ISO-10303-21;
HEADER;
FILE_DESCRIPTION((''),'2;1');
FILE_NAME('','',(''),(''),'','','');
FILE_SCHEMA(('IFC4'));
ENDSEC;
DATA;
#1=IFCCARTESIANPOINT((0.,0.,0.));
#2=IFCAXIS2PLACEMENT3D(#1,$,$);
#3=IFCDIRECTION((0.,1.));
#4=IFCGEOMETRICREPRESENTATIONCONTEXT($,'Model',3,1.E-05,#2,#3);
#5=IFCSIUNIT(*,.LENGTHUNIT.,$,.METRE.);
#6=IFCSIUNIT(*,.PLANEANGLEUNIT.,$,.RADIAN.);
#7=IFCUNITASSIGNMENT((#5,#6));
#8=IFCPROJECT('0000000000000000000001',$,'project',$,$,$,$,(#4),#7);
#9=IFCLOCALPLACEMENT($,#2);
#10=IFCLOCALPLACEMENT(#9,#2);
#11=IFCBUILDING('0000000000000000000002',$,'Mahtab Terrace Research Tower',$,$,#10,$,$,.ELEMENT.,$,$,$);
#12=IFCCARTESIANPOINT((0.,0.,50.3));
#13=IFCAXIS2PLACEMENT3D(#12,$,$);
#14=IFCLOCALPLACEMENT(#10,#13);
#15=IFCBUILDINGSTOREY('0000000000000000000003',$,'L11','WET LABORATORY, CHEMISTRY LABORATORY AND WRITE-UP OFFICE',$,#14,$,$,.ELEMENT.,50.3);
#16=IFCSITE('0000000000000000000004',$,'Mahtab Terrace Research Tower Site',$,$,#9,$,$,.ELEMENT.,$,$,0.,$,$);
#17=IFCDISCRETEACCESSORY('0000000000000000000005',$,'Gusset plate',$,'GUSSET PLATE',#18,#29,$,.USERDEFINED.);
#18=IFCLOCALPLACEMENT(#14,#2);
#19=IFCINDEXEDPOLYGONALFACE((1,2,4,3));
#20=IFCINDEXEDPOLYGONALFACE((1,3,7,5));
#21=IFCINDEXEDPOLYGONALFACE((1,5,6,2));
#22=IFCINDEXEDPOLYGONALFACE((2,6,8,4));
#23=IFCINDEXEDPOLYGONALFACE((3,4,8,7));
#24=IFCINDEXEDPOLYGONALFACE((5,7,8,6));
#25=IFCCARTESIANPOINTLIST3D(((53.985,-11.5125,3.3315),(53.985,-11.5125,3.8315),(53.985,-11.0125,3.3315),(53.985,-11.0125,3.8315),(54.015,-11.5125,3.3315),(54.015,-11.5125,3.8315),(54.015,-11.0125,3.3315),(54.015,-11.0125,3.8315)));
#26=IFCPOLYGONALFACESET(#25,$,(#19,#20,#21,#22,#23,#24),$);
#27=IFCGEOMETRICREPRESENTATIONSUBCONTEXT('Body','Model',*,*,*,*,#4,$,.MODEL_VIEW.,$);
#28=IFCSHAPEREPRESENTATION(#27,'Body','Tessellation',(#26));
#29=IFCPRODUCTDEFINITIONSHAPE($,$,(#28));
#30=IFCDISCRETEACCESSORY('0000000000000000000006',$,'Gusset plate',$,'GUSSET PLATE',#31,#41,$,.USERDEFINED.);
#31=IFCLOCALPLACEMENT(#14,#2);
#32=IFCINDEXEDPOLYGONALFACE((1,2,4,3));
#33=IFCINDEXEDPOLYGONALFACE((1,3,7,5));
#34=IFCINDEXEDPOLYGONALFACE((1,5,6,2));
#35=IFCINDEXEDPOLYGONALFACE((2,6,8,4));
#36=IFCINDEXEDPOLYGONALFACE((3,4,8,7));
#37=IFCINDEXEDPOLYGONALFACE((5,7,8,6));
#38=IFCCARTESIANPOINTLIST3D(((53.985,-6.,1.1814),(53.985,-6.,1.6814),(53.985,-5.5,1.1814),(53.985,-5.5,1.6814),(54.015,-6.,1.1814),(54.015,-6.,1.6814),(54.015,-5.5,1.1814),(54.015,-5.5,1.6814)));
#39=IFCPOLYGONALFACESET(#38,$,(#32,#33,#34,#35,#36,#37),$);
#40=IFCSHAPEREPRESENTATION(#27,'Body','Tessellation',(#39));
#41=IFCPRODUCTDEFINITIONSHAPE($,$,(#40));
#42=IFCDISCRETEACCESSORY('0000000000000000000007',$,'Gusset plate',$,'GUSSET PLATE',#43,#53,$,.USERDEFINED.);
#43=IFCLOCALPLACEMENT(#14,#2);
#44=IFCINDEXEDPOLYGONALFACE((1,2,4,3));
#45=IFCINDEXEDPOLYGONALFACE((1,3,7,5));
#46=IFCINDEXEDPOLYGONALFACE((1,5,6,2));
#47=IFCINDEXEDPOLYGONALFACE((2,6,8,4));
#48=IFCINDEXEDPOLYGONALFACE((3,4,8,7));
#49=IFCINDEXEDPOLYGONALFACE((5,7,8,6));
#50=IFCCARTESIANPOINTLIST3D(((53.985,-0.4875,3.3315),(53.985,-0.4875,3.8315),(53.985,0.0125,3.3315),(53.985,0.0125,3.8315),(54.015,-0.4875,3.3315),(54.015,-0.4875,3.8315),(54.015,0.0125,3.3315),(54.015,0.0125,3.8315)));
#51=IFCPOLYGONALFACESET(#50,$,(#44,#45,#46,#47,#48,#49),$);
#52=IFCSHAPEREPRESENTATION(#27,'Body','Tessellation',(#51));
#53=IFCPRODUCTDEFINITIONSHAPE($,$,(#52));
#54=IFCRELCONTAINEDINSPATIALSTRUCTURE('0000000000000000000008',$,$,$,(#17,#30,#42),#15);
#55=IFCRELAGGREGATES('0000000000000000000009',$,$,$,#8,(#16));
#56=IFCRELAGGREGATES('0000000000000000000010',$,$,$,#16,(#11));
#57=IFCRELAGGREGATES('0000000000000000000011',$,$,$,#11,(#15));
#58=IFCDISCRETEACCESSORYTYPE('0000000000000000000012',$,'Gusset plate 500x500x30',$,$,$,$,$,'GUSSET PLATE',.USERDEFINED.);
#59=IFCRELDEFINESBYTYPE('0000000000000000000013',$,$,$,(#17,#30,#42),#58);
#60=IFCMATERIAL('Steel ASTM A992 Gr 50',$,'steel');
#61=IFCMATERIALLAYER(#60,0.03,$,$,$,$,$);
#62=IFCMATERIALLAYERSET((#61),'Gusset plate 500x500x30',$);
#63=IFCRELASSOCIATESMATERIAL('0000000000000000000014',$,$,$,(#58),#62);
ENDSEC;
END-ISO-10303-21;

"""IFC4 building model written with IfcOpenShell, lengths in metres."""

from ifc_helpers import new_model, si_unit, direction, frame, origin, origin_2d, place, context, subcontext, project, spatial, rectangle, extrude, material, layer, layer_set, type_object, element, save


model = new_model("IFC4")

# Units and contexts
model_context = context("Model", 3, precision=1e-05, world=origin(), true_north=direction((0.0, 1.0)))
body_context = subcontext(model_context, "Body", "Model", "MODEL_VIEW")
ifc_project = project(units=[si_unit("LENGTHUNIT", "METRE"), si_unit("PLANEANGLEUNIT", "RADIAN")], contexts=[model_context])

# Site, building, storey
site_placement = place(None, origin())
site = spatial("IfcSite", under=ifc_project, at=site_placement, Name="Mahtab Terrace Research Tower Site", CompositionType="ELEMENT", RefElevation=0.0)
building_placement = place(site_placement, origin())
building = spatial("IfcBuilding", under=site, at=building_placement, Name="Mahtab Terrace Research Tower", CompositionType="ELEMENT")
storey_placement = place(building_placement, frame((0.0, 0.0, 50.3)))
storey = spatial("IfcBuildingStorey", under=building, at=storey_placement, Name="L11", Description="WET LABORATORY, CHEMISTRY LABORATORY AND WRITE-UP OFFICE", CompositionType="ELEMENT", Elevation=50.3)

# Discrete accessories
ifc_material_1 = material(Name="Steel ASTM A992 Gr 50", Category="steel")
ifc_layer_1 = layer(ifc_material_1, 0.03)
ifc_layer_set_1 = layer_set([ifc_layer_1], Name="Gusset plate 500x500x30")
discrete_accessory_type = type_object("IfcDiscreteAccessoryType", Name="Gusset plate 500x500x30", ElementType="GUSSET PLATE", PredefinedType="USERDEFINED", material=ifc_layer_set_1)
for number, where, z_axis, x_axis, name in (
    (1, (54.0, -11.2625, 3.3315), (0.0, 0.0, 1.0), (0.0, 1.0, 0.0), "Gusset plate"),
    (2, (54.0, -5.75, 1.1814), (0.0, 0.0, 1.0), (0.0, 1.0, 0.0), "Gusset plate"),
    (3, (54.0, -0.2375, 3.3315), (0.0, 0.0, 1.0), (0.0, 1.0, 0.0), "Gusset plate"),
):
    element("IfcDiscreteAccessory", number, at=place(storey_placement, frame(where, z_axis=z_axis, x_axis=x_axis)), inside=storey, type_object=discrete_accessory_type, Name=name, ObjectType="GUSSET PLATE", PredefinedType="USERDEFINED", context=body_context, shape_type="SweptSolid", body=[
        extrude(rectangle(XDim=0.5, YDim=0.03, at=origin_2d()), origin(), (0.0, 0.0, 1.0), 0.5),
    ])

save(model, "model.ifc")
